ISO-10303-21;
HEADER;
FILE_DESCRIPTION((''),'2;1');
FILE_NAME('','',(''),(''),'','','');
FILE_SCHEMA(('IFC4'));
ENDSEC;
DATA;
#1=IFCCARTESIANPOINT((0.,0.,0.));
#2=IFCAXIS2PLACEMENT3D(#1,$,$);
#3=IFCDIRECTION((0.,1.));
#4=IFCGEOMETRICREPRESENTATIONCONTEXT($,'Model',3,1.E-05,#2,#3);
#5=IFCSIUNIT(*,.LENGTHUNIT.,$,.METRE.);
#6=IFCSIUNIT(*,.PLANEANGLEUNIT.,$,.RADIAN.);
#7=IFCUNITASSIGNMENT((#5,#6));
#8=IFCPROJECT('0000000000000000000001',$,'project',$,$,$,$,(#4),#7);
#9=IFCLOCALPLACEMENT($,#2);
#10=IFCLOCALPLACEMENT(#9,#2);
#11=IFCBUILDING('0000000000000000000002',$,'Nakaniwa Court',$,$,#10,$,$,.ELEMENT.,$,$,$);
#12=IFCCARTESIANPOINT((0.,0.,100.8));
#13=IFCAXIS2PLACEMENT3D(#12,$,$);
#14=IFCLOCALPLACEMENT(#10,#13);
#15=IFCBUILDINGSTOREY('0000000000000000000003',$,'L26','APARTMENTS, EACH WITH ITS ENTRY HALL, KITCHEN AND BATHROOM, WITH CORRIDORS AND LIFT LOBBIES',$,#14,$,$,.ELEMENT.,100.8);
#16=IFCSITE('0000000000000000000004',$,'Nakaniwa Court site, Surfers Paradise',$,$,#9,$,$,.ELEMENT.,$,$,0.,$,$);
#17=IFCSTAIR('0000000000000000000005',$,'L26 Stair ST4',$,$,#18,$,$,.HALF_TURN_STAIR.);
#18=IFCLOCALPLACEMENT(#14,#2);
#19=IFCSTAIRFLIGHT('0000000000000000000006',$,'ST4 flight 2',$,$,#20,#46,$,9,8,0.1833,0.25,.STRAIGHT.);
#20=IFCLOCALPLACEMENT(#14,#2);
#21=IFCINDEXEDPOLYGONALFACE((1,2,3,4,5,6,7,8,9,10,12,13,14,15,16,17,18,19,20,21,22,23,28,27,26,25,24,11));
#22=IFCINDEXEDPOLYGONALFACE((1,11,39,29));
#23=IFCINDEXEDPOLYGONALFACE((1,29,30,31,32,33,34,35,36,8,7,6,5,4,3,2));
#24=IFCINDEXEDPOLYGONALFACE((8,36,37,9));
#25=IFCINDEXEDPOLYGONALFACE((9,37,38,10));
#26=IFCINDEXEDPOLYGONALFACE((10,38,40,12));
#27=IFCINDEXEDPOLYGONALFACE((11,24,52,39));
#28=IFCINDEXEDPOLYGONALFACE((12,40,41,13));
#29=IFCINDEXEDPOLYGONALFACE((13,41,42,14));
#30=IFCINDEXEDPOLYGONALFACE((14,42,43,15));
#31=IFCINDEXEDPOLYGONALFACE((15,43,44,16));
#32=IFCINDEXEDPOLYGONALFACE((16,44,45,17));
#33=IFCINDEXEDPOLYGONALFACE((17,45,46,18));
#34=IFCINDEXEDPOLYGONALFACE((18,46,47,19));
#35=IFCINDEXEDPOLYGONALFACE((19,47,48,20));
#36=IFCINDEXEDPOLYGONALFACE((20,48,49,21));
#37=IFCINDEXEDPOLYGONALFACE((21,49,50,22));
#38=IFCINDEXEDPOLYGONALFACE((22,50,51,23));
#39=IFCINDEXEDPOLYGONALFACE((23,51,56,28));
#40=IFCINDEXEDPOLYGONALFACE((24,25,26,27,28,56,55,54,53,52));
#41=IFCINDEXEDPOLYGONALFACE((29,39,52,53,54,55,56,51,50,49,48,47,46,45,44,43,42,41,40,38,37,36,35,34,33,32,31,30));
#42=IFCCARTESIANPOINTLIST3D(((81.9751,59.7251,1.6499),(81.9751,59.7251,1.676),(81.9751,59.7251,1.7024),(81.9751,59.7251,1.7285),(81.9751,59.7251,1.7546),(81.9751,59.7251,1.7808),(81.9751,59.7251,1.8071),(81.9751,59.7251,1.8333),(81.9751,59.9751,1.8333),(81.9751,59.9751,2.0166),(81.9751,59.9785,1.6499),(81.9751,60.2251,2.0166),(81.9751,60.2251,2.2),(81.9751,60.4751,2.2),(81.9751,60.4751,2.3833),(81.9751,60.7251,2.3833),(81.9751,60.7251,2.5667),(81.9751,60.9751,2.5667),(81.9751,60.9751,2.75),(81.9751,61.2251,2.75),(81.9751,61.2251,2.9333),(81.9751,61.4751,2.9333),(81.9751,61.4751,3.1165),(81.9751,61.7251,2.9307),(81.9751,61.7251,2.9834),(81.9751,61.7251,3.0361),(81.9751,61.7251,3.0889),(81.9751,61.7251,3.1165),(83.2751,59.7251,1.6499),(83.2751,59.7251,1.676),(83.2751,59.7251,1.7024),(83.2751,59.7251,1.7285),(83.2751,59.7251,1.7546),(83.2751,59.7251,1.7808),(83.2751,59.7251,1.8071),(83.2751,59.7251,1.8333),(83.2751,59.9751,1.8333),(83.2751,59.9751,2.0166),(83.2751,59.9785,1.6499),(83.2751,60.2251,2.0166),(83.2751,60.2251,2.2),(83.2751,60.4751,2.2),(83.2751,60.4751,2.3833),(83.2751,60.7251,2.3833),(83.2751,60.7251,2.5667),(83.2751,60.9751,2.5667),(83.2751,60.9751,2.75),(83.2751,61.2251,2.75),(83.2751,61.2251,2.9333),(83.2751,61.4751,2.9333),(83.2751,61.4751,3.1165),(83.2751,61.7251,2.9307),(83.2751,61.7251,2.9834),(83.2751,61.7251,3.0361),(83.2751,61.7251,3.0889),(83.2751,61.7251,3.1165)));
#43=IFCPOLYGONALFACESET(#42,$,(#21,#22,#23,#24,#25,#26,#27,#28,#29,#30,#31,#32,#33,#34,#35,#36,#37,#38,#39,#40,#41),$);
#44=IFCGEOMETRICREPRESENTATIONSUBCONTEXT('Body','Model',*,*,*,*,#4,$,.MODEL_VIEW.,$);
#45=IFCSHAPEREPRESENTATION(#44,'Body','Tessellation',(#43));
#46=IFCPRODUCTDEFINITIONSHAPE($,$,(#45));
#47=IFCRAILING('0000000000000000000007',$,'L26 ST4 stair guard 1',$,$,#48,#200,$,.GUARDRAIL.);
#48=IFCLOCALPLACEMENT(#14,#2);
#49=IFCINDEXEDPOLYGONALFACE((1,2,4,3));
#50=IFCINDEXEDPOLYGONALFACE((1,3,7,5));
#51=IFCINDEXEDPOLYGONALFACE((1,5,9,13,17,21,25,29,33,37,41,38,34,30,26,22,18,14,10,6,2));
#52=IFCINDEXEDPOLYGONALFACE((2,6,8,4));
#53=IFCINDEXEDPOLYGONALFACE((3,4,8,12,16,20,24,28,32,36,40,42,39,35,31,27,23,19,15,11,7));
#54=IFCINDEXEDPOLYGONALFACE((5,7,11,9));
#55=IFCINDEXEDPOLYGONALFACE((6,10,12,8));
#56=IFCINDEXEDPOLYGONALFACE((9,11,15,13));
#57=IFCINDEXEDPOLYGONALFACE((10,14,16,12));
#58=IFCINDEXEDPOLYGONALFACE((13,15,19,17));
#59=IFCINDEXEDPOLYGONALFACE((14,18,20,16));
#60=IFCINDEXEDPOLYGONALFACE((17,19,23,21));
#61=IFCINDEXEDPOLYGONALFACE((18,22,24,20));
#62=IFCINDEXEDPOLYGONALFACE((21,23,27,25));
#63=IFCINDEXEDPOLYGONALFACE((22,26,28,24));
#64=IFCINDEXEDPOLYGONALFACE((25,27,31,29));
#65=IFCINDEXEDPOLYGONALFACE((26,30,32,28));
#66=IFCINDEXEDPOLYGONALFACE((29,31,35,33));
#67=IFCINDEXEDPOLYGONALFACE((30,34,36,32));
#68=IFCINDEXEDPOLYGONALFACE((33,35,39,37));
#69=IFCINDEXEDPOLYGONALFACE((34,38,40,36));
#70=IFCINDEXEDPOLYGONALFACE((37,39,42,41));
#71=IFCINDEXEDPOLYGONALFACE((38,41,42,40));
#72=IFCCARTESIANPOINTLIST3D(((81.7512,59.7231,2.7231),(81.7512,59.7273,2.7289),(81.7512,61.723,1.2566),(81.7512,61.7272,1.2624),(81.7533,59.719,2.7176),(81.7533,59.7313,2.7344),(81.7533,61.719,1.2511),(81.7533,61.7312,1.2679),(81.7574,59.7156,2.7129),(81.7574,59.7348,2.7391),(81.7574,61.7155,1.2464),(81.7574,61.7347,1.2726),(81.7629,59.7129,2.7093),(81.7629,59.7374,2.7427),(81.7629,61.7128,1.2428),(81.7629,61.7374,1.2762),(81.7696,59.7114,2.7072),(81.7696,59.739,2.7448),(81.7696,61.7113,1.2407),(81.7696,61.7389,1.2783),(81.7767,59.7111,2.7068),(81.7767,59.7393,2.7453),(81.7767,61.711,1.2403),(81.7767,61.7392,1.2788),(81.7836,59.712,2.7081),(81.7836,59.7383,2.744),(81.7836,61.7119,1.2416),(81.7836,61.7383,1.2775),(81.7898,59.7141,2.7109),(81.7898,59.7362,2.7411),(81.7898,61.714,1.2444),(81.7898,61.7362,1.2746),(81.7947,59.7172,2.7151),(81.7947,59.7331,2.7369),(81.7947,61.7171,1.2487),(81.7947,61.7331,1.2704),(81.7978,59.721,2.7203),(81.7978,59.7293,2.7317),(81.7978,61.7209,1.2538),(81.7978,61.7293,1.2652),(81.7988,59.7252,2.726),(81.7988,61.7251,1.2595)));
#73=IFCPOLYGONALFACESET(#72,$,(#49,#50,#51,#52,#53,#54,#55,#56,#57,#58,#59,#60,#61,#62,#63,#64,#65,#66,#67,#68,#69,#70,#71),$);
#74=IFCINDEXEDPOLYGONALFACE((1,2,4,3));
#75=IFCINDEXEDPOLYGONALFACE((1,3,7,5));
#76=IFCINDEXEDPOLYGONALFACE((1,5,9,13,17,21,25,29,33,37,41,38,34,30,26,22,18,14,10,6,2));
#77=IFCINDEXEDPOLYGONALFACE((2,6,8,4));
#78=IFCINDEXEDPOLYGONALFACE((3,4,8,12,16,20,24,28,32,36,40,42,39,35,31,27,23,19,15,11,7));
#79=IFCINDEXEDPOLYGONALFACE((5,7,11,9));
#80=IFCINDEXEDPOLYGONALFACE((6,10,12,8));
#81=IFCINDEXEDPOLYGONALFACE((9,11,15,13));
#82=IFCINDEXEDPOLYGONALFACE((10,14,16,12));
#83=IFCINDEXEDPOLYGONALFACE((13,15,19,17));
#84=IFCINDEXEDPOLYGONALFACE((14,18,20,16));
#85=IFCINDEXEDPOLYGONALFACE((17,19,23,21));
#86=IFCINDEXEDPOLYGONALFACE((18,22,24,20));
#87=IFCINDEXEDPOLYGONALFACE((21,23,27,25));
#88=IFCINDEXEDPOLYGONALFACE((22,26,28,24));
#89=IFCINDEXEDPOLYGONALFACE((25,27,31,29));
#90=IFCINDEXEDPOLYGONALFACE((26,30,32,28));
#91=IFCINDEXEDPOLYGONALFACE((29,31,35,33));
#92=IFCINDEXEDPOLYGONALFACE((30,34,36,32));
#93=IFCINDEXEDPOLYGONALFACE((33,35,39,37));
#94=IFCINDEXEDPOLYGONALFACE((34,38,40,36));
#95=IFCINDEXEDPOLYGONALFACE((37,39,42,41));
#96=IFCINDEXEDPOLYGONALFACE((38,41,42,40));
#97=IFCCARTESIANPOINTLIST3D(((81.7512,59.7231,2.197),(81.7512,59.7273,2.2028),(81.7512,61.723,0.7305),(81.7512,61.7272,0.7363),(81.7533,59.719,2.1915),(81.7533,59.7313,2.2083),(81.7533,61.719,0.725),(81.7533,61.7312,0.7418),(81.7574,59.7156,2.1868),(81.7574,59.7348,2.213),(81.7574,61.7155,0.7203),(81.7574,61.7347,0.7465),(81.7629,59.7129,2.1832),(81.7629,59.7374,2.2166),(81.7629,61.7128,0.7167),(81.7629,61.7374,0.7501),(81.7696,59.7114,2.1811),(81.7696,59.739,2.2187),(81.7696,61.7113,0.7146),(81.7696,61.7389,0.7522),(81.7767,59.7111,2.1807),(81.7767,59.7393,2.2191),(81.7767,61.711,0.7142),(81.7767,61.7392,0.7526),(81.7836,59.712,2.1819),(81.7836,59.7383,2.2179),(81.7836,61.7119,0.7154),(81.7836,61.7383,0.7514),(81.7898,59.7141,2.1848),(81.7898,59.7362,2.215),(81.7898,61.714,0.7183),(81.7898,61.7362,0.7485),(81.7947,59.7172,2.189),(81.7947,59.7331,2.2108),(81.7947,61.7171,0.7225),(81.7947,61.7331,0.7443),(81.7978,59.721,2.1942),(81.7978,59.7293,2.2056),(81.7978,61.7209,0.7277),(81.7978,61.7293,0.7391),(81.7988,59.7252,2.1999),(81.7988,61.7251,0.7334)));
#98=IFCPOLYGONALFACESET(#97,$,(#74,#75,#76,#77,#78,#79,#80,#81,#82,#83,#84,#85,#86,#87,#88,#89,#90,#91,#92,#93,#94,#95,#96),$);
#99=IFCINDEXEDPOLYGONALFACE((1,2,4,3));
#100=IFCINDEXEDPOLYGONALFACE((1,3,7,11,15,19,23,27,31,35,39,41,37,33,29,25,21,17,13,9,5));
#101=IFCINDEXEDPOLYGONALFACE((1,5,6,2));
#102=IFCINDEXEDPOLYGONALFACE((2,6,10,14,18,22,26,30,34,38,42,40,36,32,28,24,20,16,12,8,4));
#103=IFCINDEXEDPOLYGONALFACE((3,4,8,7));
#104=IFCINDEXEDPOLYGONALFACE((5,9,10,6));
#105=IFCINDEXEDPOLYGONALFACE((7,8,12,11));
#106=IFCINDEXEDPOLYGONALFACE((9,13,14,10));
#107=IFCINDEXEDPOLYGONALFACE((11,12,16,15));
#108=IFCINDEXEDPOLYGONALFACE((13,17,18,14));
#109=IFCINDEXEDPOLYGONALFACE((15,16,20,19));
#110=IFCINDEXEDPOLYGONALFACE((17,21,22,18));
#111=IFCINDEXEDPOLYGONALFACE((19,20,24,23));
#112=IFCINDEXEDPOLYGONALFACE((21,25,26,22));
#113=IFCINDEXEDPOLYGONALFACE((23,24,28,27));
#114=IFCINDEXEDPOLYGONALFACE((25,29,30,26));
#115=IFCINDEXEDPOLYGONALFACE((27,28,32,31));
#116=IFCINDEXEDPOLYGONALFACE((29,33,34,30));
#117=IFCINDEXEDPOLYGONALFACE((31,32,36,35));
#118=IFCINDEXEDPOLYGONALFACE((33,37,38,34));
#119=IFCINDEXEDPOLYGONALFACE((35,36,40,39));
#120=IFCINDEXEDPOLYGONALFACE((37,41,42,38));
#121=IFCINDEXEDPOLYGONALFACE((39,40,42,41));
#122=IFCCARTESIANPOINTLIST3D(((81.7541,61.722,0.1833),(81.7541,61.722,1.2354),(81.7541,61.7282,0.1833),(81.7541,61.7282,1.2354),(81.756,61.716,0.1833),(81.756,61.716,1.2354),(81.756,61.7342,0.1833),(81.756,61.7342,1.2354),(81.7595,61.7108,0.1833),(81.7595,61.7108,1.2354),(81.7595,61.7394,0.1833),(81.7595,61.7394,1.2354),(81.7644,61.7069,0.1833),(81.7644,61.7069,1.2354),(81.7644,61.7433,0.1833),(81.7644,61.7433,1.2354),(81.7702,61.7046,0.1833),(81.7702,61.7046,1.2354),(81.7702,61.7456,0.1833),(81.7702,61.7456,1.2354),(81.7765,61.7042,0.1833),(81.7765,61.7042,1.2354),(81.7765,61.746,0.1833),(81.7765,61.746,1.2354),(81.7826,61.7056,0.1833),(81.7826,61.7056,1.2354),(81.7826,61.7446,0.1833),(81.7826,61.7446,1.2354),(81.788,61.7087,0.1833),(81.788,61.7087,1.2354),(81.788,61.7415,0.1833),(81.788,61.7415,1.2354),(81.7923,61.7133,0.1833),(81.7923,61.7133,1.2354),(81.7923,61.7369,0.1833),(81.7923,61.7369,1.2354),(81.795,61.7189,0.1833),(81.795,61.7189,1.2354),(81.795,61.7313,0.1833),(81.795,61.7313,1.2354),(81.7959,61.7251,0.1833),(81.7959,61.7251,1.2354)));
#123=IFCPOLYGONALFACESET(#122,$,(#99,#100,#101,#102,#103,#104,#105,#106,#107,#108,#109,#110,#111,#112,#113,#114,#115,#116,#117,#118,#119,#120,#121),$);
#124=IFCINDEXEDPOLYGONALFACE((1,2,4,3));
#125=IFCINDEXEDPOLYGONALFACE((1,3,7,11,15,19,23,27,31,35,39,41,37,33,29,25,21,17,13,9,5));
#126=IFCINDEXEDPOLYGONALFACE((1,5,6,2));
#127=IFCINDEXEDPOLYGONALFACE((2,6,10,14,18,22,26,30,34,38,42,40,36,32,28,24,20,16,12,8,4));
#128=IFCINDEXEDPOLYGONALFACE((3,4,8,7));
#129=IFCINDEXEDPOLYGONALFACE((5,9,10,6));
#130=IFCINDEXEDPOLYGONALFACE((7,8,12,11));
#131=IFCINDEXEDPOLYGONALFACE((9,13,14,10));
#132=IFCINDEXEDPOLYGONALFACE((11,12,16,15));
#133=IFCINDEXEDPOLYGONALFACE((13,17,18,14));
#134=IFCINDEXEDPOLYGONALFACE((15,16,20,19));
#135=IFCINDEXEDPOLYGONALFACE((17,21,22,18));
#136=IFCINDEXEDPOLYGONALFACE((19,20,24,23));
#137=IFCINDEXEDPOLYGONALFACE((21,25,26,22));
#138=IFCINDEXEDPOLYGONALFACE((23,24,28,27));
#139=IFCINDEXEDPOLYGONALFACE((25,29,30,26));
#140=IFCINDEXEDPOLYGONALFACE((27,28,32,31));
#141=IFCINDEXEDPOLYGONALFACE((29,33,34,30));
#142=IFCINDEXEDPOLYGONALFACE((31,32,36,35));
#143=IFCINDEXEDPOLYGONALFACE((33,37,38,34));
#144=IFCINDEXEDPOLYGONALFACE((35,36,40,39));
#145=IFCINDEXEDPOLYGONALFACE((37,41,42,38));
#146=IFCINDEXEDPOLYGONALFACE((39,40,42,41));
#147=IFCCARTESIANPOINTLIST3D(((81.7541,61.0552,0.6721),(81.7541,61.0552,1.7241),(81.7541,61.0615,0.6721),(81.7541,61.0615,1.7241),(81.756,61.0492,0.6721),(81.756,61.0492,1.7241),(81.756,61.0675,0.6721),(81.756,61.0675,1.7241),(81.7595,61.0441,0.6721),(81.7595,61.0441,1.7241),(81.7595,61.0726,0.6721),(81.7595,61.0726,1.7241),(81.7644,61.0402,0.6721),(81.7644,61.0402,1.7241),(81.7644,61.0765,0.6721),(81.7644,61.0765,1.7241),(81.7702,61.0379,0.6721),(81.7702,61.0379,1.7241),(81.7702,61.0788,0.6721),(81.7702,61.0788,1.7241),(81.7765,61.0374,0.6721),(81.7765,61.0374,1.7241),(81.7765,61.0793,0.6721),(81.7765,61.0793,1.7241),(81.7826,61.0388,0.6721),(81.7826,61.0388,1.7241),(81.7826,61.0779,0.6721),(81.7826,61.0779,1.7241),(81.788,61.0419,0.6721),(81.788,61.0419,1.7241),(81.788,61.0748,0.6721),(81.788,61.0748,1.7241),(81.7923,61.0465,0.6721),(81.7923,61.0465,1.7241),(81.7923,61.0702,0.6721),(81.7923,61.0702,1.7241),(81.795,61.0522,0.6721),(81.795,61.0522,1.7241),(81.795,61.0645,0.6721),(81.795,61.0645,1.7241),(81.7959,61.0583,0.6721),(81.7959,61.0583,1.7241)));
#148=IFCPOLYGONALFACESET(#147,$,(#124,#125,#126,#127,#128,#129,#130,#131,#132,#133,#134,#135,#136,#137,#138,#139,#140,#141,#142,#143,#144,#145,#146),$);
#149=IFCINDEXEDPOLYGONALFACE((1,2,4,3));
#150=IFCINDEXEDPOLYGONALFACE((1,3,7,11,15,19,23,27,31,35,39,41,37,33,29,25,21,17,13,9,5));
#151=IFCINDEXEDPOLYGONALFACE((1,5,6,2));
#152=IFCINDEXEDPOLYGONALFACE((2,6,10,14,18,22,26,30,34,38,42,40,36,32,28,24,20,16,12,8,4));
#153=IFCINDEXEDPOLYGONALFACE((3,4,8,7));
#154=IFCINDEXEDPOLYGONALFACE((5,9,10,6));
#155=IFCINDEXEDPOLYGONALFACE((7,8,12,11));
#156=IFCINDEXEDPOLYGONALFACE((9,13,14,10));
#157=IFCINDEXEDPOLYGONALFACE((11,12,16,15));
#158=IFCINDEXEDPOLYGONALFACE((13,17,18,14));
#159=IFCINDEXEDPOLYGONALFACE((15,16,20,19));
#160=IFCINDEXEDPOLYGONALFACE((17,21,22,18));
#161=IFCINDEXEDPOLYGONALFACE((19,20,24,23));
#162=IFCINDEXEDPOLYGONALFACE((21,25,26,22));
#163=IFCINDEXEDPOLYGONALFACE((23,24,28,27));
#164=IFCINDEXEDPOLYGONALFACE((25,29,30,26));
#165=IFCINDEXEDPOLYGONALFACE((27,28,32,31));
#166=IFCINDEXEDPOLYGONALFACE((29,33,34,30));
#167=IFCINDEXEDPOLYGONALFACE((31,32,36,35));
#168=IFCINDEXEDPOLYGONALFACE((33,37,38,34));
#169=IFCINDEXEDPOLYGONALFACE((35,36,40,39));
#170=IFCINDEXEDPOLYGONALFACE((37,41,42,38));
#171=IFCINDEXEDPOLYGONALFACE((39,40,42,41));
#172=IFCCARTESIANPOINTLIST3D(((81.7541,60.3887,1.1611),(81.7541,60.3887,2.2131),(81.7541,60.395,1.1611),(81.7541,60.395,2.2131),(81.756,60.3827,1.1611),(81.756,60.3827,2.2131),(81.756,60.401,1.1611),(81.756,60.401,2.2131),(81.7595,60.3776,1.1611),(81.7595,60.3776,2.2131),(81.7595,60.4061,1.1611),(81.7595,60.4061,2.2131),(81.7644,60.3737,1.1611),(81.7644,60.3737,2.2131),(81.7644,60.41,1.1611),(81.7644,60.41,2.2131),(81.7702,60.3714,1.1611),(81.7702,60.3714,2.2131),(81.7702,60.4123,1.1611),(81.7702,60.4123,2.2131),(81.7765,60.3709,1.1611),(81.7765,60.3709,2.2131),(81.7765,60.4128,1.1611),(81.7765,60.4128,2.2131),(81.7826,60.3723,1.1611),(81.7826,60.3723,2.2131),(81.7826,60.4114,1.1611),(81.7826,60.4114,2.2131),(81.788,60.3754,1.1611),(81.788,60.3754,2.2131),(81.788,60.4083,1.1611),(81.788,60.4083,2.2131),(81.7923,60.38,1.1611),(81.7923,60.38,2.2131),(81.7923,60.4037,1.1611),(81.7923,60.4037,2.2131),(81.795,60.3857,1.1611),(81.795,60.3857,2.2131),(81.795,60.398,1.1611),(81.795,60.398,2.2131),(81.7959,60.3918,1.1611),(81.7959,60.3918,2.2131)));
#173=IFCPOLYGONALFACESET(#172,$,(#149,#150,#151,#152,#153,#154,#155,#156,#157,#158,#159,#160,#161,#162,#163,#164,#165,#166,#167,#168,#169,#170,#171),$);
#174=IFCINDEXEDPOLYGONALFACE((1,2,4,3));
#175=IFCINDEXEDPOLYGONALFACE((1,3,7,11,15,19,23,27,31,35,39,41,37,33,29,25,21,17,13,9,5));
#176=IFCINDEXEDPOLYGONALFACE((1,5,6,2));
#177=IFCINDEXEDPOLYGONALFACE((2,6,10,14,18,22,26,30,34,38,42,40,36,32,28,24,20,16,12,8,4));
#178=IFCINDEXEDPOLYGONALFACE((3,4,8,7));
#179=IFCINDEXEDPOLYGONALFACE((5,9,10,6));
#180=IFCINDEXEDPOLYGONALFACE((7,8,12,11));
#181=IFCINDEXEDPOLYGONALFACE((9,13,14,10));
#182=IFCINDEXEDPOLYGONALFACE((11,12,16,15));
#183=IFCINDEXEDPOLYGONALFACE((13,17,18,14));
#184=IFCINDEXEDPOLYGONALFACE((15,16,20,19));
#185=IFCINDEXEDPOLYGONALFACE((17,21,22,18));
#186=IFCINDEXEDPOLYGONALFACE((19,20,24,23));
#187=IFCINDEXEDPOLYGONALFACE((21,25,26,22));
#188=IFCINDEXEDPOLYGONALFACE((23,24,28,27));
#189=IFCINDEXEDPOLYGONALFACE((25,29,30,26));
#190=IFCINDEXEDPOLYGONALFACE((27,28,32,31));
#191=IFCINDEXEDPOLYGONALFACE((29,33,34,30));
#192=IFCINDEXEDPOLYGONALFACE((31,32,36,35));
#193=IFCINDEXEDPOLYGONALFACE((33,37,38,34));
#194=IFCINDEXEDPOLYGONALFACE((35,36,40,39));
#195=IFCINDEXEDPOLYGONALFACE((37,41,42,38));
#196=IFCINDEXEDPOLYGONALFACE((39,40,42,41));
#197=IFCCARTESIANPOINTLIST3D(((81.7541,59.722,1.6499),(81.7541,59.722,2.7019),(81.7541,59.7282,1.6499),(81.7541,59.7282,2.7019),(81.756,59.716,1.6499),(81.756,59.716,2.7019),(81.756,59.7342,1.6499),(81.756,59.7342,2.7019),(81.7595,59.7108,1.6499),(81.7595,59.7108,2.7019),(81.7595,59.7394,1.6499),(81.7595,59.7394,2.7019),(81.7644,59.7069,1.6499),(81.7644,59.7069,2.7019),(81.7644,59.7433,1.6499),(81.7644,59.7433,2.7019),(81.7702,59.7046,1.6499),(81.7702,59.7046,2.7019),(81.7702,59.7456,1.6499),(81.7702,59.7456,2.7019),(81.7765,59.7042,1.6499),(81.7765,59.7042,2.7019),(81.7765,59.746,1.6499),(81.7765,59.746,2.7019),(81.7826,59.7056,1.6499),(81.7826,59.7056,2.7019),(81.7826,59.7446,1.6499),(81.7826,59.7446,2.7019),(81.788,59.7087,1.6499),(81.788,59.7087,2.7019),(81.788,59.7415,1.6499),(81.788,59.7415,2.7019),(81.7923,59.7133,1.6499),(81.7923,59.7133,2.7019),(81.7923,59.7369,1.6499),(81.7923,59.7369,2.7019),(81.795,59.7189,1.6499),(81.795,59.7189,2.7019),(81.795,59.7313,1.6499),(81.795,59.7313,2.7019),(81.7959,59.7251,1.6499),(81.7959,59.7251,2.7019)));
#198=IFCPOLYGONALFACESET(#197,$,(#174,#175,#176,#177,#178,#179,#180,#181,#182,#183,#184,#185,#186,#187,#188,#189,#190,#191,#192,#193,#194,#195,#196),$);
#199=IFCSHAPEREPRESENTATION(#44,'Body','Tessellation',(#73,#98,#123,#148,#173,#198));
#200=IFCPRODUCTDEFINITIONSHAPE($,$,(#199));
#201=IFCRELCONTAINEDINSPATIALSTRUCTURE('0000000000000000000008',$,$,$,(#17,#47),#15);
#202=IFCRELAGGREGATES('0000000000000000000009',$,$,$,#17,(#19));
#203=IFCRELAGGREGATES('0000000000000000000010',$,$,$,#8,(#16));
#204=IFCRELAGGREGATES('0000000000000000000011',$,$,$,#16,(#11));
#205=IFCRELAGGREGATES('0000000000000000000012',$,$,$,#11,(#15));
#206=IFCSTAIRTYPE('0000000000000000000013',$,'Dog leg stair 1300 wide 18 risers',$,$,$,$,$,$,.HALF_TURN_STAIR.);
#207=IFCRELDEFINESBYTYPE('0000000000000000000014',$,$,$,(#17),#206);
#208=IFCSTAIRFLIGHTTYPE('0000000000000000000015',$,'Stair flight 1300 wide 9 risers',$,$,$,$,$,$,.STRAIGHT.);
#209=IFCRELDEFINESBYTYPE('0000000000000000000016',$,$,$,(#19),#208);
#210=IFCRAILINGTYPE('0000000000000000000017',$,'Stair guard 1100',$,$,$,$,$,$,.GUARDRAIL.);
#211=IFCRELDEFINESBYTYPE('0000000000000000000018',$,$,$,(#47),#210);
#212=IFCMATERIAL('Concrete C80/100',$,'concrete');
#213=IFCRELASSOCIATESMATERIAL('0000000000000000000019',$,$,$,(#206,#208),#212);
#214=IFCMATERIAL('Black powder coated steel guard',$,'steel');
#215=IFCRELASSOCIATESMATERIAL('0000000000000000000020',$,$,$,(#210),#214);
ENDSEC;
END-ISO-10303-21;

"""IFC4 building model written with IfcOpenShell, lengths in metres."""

from ifc_helpers import new_model, si_unit, direction, frame, origin, origin_2d, place, context, subcontext, project, spatial, polyline, circle, outline, extrude, material, type_object, element, aggregate, save


model = new_model("IFC4")

# Units and contexts
model_context = context("Model", 3, precision=1e-05, world=origin(), true_north=direction((0.0, 1.0)))
body_context = subcontext(model_context, "Body", "Model", "MODEL_VIEW")
ifc_project = project(units=[si_unit("LENGTHUNIT", "METRE"), si_unit("PLANEANGLEUNIT", "RADIAN")], contexts=[model_context])

# Site, building, storey
site_placement = place(None, origin())
site = spatial("IfcSite", under=ifc_project, at=site_placement, Name="Nakaniwa Court site, Surfers Paradise", CompositionType="ELEMENT", RefElevation=0.0)
building_placement = place(site_placement, origin())
building = spatial("IfcBuilding", under=site, at=building_placement, Name="Nakaniwa Court", CompositionType="ELEMENT")
storey_placement = place(building_placement, frame((0.0, 0.0, 100.8)))
storey = spatial("IfcBuildingStorey", under=building, at=storey_placement, Name="L26", Description="APARTMENTS, EACH WITH ITS ENTRY HALL, KITCHEN AND BATHROOM, WITH CORRIDORS AND LIFT LOBBIES", CompositionType="ELEMENT", Elevation=100.8)

# Shared definitions
ifc_material_1 = material(Name="Concrete C80/100", Category="concrete")

# Stair, stair flight
stair_type = type_object("IfcStairType", Name="Dog leg stair 1300 wide 18 risers", PredefinedType="HALF_TURN_STAIR", material=ifc_material_1)
stair_placement = place(storey_placement, origin())
stair = element("IfcStair", 1, at=stair_placement, inside=storey, type_object=stair_type, Name="L26 Stair ST4", PredefinedType="HALF_TURN_STAIR")
stair_flight_type = type_object("IfcStairFlightType", Name="Stair flight 1300 wide 9 risers", PredefinedType="STRAIGHT", material=ifc_material_1)
stair_flight_1_placement = place(storey_placement, frame((82.625, 59.7251, 1.6499), z_axis=(0.0, 0.0, 1.0), x_axis=(0.0, 1.0, 0.0)))
stair_flight_1 = element("IfcStairFlight", 2, at=stair_flight_1_placement, type_object=stair_flight_type, Name="ST4 flight 2", NumberOfRisers=9, NumberOfTreads=8, PredefinedType="STRAIGHT", RiserHeight=0.1833, TreadLength=0.25, context=body_context, shape_type="SweptSolid", body=[
    extrude(outline(polyline([(0.0, 0.0), (0.0, 0.0261), (0.0, 0.0525), (0.0, 0.0786), (0.0, 0.1047), (0.0, 0.1309), (0.0, 0.1572), (0.0, 0.1833), (0.25, 0.1833), (0.25, 0.3667), (0.5, 0.3667), (0.5, 0.55), (0.75, 0.55), (0.75, 0.7334), (1.0, 0.7334), (1.0, 0.9167), (1.25, 0.9167), (1.25, 1.1001), (1.5, 1.1001), (1.5, 1.2834), (1.75, 1.2834), (1.75, 1.4666), (2.0, 1.4666), (2.0, 1.6499), (2.0, 1.5972), (2.0, 1.5444), (2.0, 1.4917), (2.0, 1.439), (2.0, 1.3862), (2.0, 1.3335), (2.0, 1.2808), (0.2534, 0.0), (0.0, 0.0)])), frame((0.0, 0.6499, 0.0), z_axis=(0.0, -1.0, 0.0), x_axis=(1.0, 0.0, 0.0)), (0.0, 0.0, 1.0), 1.3),
])
aggregate(stair, [stair_flight_1])

# Railing
ifc_material_2 = material(Name="Black powder coated steel guard", Category="steel")
railing_type_1 = type_object("IfcRailingType", Name="Stair guard 1100", PredefinedType="GUARDRAIL", material=ifc_material_2)
railing_1_placement = place(storey_placement, frame((81.7749, 61.7251, 0.1833)))
element("IfcRailing", 3, at=railing_1_placement, inside=storey, type_object=railing_type_1, Name="L26 ST4 stair guard 1", PredefinedType="GUARDRAIL", context=body_context, shape_type="SweptSolid", body=[
    extrude(circle(Radius=0.0239, at=origin_2d()), frame((0.0, 0.0, 1.0762), z_axis=(0.0, -0.806427, 0.591334), x_axis=(1.0, 0.0, 0.0)), (0.0, 0.0, 1.0), 2.48),
    extrude(circle(Radius=0.0239, at=origin_2d()), frame((0.0, 0.0, 0.55), z_axis=(0.0, -0.806427, 0.591334), x_axis=(1.0, 0.0, 0.0)), (0.0, 0.0, 1.0), 2.48),
    extrude(circle(Radius=0.021, at=origin_2d()), origin(), (0.0, 0.0, 1.0), 1.052),
    extrude(circle(Radius=0.021, at=origin_2d()), frame((0.0, -0.6667, 0.4888)), (0.0, 0.0, 1.0), 1.052),
    extrude(circle(Radius=0.021, at=origin_2d()), frame((0.0, -1.3333, 0.9778)), (0.0, 0.0, 1.0), 1.052),
    extrude(circle(Radius=0.021, at=origin_2d()), frame((0.0, -2.0, 1.4666)), (0.0, 0.0, 1.0), 1.052),
])

save(model, "model.ifc")
